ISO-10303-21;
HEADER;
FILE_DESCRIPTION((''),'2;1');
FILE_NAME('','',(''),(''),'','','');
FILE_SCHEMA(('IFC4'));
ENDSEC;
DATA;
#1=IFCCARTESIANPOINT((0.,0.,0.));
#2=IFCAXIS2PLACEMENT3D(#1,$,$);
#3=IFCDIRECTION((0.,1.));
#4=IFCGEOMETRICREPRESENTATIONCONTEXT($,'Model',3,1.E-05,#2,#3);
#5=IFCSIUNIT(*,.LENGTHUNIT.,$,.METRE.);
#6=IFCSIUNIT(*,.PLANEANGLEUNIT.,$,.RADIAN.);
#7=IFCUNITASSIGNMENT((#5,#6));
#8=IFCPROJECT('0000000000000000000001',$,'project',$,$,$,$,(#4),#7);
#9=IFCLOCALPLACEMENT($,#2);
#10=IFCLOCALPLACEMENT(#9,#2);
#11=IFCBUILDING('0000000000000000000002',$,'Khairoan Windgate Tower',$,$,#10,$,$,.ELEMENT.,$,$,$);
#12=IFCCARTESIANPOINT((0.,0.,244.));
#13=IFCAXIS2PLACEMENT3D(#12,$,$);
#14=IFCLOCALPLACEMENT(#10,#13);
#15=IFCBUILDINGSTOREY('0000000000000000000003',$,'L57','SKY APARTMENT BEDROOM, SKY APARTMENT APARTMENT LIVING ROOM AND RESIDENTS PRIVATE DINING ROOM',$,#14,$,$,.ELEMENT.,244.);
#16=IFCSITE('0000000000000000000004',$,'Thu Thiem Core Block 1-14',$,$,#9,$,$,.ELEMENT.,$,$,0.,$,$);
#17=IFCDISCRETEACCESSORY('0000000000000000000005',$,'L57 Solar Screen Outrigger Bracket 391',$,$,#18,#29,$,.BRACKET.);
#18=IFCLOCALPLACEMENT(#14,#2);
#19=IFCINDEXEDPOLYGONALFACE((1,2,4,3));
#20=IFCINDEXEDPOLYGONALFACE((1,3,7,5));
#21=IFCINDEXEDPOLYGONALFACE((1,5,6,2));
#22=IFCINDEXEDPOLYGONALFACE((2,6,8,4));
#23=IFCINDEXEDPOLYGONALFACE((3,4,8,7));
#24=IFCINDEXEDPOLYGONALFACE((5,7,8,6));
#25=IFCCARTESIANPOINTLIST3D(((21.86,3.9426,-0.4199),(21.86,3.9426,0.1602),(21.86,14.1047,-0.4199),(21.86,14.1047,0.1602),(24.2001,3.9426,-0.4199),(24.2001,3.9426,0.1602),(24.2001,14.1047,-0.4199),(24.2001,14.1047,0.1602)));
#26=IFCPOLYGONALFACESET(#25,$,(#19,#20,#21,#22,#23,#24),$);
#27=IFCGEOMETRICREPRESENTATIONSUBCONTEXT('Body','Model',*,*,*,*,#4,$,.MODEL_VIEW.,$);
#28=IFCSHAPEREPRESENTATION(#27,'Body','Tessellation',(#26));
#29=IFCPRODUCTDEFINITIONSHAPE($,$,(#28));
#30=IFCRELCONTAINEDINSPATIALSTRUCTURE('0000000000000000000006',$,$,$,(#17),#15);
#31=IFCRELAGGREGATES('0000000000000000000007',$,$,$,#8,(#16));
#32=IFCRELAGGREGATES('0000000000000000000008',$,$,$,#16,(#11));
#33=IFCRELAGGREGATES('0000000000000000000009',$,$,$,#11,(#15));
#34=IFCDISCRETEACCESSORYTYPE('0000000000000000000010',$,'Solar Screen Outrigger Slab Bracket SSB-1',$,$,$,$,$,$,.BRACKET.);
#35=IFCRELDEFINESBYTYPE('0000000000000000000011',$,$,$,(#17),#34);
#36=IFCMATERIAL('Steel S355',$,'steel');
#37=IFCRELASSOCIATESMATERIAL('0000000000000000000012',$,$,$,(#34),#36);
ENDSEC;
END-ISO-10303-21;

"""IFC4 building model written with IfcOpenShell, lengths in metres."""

from ifc_helpers import new_model, si_unit, direction, frame, origin, origin_2d, place, context, subcontext, project, spatial, rectangle, extrude, material, type_object, element, save


model = new_model("IFC4")

# Units and contexts
model_context = context("Model", 3, precision=1e-05, world=origin(), true_north=direction((0.0, 1.0)))
body_context = subcontext(model_context, "Body", "Model", "MODEL_VIEW")
ifc_project = project(units=[si_unit("LENGTHUNIT", "METRE"), si_unit("PLANEANGLEUNIT", "RADIAN")], contexts=[model_context])

# Site, building, storey
site_placement = place(None, origin())
site = spatial("IfcSite", under=ifc_project, at=site_placement, Name="Thu Thiem Core Block 1-14", CompositionType="ELEMENT", RefElevation=0.0)
building_placement = place(site_placement, origin())
building = spatial("IfcBuilding", under=site, at=building_placement, Name="Khairoan Windgate Tower", CompositionType="ELEMENT")
storey_placement = place(building_placement, frame((0.0, 0.0, 244.0)))
storey = spatial("IfcBuildingStorey", under=building, at=storey_placement, Name="L57", Description="SKY APARTMENT BEDROOM, SKY APARTMENT APARTMENT LIVING ROOM AND RESIDENTS PRIVATE DINING ROOM", CompositionType="ELEMENT", Elevation=244.0)

# Discrete accessory
ifc_material_1 = material(Name="Steel S355", Category="steel")
discrete_accessory_type = type_object("IfcDiscreteAccessoryType", Name="Solar Screen Outrigger Slab Bracket SSB-1", PredefinedType="BRACKET", material=ifc_material_1)
discrete_accessory_placement = place(storey_placement, frame((23.03, 9.0237, -0.4199), z_axis=(0.0, 0.0, 1.0), x_axis=(0.0, -1.0, 0.0)))
element("IfcDiscreteAccessory", 1, at=discrete_accessory_placement, inside=storey, type_object=discrete_accessory_type, Name="L57 Solar Screen Outrigger Bracket 391", PredefinedType="BRACKET", context=body_context, shape_type="SweptSolid", body=[
    extrude(rectangle(XDim=10.1621, YDim=2.3401, at=origin_2d()), origin(), (0.0, 0.0, 1.0), 0.5801),
])

save(model, "model.ifc")
